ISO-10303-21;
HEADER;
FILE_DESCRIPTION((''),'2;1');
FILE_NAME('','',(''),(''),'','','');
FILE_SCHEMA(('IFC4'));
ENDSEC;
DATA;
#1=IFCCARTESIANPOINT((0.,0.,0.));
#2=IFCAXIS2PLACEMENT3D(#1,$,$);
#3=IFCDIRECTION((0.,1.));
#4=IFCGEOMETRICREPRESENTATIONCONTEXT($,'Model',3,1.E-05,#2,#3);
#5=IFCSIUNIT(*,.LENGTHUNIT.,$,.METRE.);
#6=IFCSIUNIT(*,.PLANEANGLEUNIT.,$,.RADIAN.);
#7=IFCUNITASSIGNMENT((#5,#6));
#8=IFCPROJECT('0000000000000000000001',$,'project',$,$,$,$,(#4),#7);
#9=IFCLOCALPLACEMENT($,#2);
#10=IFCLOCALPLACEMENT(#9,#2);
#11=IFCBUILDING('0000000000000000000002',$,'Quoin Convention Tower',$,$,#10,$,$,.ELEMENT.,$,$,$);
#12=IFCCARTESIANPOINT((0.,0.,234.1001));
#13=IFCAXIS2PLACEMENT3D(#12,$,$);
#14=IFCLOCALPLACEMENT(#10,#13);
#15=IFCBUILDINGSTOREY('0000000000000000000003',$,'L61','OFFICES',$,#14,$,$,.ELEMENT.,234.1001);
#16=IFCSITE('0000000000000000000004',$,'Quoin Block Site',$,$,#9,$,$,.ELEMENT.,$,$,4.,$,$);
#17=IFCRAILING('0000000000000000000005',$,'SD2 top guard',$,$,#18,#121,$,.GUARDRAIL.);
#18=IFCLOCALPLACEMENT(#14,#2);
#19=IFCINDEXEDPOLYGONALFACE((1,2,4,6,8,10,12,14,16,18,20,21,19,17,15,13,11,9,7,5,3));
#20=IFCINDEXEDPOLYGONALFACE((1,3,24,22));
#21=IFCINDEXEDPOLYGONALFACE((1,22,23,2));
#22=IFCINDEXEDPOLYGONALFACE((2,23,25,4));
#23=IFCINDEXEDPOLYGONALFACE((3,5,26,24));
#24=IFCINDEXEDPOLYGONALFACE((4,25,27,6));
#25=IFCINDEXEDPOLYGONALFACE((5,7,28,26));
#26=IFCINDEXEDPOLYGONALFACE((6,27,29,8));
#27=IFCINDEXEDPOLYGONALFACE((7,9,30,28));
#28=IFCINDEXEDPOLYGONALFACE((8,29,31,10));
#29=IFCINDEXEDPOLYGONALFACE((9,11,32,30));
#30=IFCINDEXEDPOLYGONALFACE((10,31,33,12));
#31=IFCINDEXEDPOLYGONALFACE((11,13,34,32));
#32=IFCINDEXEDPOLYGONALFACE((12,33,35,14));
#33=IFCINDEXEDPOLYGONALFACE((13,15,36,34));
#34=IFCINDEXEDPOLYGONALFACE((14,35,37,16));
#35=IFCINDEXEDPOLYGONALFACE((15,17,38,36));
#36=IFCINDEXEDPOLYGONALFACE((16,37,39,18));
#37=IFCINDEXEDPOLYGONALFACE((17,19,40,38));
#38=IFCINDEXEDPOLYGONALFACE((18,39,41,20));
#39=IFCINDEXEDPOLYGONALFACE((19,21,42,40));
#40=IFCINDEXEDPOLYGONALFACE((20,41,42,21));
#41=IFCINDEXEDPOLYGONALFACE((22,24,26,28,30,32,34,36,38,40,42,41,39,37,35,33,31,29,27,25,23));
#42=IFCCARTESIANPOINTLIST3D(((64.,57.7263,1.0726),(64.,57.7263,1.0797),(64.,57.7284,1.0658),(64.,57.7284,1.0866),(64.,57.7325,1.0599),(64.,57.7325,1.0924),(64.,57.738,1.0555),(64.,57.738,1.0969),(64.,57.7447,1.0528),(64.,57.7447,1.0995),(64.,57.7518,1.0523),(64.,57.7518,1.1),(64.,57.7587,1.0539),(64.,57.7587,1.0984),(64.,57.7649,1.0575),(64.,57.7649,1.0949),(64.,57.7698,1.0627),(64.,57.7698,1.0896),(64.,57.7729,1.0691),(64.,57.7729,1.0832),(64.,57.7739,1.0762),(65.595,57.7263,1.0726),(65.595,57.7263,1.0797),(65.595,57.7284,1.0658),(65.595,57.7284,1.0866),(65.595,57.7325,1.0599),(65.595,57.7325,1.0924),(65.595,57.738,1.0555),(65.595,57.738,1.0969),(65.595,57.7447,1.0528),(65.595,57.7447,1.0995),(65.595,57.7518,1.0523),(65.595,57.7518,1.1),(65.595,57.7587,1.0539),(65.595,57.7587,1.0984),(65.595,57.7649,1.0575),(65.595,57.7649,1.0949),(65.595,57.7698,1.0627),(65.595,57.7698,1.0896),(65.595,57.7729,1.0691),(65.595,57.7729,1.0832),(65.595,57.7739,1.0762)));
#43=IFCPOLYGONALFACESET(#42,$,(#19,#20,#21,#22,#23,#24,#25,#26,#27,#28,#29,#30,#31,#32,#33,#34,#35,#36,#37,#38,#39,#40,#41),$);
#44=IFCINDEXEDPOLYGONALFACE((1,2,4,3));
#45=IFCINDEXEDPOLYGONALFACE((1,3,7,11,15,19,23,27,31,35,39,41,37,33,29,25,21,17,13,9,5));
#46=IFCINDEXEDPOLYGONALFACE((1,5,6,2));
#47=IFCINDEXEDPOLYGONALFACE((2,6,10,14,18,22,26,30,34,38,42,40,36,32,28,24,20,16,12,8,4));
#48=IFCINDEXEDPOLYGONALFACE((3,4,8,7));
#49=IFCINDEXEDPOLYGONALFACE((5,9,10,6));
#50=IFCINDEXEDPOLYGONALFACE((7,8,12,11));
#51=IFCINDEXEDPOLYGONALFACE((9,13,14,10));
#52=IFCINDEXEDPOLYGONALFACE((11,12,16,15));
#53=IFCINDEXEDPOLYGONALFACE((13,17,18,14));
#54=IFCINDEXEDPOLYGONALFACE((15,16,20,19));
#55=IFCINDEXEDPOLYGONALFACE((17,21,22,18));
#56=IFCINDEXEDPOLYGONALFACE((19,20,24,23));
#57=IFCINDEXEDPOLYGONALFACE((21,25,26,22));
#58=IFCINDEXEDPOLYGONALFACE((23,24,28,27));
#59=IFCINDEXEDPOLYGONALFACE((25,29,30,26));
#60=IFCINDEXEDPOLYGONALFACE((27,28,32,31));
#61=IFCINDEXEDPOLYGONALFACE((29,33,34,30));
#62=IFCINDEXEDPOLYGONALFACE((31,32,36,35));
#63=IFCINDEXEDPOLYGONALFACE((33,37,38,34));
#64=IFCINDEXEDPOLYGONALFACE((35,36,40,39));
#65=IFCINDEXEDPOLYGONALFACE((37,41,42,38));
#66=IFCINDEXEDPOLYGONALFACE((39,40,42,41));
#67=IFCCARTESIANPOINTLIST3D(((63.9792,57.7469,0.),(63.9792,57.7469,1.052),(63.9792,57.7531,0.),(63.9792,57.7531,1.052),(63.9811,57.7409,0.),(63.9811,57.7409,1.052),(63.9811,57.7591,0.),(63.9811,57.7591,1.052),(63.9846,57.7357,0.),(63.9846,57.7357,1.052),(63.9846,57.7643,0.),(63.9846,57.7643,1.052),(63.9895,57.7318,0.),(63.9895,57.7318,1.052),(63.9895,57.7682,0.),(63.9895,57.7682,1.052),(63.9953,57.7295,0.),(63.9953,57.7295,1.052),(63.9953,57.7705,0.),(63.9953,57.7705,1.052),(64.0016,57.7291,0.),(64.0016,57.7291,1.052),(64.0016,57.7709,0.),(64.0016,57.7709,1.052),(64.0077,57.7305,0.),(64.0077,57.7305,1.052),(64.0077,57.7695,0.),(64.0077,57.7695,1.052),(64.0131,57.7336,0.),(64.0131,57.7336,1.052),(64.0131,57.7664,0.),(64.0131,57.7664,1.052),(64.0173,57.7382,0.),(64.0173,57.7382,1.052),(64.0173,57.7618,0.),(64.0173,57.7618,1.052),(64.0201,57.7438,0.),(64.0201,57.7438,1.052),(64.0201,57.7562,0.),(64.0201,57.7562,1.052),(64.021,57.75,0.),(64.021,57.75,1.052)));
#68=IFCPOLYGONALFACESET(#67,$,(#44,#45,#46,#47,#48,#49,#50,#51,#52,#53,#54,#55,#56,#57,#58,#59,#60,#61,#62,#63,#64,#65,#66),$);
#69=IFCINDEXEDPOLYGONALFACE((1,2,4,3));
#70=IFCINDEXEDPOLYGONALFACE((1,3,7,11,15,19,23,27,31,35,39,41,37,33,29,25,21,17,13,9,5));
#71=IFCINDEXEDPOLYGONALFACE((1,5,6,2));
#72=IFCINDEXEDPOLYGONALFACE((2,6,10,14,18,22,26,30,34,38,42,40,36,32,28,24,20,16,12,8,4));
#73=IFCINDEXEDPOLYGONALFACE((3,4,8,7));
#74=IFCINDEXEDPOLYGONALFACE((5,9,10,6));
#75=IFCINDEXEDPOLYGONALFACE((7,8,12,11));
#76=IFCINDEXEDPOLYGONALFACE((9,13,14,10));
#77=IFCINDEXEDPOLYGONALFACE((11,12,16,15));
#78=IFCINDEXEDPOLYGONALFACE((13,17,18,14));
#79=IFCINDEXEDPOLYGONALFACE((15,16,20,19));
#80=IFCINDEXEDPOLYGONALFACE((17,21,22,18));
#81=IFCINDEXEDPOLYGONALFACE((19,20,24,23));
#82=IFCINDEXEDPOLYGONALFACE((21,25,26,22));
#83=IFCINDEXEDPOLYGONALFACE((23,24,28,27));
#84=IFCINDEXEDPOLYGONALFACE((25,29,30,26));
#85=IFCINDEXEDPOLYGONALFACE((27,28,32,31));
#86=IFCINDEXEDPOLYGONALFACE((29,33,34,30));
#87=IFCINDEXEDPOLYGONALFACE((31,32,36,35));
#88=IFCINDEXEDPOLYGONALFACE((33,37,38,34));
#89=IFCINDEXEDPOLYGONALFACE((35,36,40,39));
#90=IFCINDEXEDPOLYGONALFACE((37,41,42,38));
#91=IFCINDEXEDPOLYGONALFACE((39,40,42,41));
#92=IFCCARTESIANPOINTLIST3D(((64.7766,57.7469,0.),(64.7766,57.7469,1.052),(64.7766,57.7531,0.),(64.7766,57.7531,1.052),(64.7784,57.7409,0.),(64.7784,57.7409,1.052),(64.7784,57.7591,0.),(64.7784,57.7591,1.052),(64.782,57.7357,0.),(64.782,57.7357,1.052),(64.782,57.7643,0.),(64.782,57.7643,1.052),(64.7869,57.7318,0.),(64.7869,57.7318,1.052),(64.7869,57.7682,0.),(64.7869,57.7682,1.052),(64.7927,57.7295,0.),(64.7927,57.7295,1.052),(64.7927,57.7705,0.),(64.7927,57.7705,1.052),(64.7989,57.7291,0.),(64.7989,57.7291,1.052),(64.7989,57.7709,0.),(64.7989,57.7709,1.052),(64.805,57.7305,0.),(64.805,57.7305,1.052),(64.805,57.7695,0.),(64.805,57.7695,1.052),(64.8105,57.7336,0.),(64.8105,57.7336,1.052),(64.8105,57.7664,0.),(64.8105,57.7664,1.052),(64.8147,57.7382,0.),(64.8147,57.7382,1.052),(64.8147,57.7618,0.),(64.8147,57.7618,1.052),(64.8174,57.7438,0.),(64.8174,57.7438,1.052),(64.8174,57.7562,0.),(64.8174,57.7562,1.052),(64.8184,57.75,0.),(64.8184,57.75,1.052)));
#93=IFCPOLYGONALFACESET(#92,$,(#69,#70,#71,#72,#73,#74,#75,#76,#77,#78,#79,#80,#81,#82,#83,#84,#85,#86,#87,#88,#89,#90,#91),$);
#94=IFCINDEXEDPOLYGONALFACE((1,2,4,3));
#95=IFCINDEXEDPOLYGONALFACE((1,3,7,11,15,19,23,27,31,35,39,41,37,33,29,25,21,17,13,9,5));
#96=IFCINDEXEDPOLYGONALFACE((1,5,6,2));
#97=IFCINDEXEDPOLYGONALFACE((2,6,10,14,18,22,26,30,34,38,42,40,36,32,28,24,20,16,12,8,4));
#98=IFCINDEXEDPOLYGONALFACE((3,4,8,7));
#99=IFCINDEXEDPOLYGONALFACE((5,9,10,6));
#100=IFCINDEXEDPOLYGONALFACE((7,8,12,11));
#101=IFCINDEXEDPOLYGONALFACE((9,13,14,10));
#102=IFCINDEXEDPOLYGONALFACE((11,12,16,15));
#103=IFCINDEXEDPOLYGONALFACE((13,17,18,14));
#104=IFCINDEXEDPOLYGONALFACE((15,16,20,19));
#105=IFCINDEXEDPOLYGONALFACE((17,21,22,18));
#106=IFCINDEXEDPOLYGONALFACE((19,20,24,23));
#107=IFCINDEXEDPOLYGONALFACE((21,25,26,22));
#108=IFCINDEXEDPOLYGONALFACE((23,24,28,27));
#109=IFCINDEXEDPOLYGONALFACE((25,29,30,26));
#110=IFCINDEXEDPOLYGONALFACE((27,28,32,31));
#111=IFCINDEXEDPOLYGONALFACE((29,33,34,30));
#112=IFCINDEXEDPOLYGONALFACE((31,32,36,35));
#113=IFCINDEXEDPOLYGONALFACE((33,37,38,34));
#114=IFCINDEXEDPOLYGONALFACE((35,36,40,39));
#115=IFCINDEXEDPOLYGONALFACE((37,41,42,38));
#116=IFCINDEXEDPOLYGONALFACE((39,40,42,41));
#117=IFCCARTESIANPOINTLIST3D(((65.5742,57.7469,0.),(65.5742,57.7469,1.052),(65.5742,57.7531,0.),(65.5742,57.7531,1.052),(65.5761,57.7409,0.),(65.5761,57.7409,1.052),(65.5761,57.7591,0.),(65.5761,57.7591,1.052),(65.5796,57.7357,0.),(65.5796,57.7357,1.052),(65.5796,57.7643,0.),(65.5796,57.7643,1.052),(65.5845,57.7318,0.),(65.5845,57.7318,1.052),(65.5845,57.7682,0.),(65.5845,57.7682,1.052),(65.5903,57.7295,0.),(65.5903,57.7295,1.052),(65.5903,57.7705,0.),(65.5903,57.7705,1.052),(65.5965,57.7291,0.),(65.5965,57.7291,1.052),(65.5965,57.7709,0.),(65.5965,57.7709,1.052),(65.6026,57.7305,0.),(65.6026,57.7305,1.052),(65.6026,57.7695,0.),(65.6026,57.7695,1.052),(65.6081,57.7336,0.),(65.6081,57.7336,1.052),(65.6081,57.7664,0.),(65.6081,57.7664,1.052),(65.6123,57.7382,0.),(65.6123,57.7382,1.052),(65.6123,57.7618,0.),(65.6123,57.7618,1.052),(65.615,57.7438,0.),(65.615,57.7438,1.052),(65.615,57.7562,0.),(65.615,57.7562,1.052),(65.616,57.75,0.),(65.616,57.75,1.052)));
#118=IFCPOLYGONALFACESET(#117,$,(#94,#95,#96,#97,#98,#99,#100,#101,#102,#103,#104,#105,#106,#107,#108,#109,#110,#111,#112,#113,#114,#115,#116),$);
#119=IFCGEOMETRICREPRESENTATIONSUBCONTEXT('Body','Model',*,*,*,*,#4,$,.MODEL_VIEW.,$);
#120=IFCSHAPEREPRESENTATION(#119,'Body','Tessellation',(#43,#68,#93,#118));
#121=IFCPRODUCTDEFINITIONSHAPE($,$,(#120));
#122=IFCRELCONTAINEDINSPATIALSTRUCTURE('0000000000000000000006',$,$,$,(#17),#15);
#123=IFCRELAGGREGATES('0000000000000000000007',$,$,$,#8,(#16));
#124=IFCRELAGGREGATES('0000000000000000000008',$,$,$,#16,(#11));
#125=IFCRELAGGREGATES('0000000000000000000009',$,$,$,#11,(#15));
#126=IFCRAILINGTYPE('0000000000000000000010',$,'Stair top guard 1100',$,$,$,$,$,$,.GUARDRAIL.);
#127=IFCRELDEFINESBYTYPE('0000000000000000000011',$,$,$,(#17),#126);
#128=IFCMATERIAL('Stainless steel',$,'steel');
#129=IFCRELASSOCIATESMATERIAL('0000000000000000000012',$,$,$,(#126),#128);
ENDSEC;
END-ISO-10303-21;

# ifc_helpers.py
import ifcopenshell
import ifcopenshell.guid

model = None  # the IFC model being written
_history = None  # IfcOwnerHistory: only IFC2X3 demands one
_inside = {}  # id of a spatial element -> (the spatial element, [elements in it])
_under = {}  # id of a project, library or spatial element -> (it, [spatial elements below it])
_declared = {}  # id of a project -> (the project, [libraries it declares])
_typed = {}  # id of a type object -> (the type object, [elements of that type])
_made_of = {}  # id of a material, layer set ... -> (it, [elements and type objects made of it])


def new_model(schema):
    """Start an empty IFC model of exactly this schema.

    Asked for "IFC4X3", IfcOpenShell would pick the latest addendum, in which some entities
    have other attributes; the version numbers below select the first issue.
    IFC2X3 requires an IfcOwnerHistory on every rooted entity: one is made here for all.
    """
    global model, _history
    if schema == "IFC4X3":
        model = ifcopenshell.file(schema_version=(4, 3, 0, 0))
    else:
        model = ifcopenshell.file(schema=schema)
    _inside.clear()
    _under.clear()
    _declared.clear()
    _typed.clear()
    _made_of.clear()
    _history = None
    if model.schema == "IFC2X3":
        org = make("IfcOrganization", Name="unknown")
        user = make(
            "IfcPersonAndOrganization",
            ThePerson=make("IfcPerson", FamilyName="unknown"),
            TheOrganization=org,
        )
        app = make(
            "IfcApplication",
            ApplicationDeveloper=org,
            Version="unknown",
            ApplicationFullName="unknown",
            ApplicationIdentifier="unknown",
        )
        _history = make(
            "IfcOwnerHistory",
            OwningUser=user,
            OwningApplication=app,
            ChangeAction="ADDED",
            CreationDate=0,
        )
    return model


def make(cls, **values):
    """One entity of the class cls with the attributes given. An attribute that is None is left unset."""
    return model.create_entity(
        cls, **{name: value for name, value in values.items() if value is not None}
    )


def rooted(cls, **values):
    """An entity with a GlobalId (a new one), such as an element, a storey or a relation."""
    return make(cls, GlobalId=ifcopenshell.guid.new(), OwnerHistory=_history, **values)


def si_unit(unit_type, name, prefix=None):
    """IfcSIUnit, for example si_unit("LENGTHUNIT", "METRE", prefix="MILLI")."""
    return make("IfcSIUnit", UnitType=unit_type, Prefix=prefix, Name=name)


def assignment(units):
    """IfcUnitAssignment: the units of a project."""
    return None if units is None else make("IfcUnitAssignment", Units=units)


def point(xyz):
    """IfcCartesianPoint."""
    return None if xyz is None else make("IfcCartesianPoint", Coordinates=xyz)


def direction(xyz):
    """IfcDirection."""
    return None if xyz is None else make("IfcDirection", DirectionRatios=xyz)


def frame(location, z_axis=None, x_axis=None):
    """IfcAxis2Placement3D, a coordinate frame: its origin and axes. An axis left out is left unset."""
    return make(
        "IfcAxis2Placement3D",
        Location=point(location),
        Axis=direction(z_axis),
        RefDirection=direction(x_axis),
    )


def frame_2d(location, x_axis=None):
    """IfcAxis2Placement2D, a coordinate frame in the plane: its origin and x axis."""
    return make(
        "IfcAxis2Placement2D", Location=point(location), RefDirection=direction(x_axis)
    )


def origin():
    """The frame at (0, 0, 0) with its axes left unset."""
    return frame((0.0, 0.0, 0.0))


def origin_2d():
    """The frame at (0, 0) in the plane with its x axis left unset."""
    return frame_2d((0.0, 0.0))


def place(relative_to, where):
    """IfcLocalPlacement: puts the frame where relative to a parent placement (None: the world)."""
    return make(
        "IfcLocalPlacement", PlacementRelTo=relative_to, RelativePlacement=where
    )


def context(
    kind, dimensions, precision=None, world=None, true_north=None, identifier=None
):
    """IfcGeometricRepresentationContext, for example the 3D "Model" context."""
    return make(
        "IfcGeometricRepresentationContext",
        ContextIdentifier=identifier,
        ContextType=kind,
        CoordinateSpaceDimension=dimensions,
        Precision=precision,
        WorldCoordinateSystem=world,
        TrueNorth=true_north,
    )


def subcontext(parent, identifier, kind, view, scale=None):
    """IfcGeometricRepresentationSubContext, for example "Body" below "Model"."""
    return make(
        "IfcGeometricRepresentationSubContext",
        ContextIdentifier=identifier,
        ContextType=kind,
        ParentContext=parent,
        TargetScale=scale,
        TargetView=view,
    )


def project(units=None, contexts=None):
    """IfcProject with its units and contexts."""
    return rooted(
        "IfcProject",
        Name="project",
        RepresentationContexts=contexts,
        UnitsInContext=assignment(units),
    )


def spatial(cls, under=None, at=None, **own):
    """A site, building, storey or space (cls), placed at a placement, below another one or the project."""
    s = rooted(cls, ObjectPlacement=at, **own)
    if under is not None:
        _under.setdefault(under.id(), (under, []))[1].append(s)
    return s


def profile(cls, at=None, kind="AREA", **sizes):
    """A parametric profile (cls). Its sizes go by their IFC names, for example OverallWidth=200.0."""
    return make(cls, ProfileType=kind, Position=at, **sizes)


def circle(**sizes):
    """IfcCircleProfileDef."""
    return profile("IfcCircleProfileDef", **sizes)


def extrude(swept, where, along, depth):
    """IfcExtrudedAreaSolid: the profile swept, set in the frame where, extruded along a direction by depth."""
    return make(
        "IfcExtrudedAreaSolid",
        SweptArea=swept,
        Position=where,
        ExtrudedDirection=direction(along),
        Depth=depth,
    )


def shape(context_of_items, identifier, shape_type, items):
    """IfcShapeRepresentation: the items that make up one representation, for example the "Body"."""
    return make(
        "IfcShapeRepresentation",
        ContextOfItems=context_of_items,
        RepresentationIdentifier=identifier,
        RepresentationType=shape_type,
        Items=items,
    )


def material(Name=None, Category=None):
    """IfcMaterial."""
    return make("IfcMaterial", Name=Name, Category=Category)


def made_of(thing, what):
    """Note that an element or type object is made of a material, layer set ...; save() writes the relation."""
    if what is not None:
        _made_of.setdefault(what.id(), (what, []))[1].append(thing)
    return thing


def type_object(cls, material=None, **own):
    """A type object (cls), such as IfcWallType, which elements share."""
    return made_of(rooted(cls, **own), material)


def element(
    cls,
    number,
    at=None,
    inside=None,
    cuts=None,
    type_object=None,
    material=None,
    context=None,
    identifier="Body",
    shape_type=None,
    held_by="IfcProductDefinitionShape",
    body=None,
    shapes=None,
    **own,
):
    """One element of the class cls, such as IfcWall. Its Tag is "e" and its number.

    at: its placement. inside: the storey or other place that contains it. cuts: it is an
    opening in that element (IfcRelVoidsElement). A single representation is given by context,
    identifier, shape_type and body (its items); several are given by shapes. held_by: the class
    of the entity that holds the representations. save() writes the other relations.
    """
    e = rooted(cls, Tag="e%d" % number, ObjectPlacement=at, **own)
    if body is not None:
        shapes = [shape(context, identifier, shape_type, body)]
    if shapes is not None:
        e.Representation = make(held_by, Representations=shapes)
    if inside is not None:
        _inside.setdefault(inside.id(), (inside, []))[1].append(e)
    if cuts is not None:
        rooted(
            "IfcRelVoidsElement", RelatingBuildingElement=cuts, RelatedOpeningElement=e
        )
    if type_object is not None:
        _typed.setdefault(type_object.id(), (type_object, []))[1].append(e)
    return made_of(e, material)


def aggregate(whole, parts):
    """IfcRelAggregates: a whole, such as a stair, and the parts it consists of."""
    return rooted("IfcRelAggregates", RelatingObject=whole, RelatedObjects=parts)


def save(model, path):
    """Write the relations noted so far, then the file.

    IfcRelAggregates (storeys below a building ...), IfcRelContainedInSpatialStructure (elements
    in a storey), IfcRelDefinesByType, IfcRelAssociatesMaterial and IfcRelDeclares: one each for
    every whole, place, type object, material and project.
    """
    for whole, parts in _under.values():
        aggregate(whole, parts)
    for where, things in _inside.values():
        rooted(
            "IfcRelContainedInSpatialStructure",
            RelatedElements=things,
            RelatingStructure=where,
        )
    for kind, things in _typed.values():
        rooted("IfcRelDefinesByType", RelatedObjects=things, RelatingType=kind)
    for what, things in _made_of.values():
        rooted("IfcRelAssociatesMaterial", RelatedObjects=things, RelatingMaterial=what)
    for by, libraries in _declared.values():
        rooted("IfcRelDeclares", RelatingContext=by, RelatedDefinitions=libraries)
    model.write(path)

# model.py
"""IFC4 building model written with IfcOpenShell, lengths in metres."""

from ifc_helpers import new_model, si_unit, direction, frame, origin, origin_2d, place, context, subcontext, project, spatial, circle, extrude, material, type_object, element, save


model = new_model("IFC4")

# Units and contexts
model_context = context("Model", 3, precision=1e-05, world=origin(), true_north=direction((0.0, 1.0)))
body_context = subcontext(model_context, "Body", "Model", "MODEL_VIEW")
ifc_project = project(units=[si_unit("LENGTHUNIT", "METRE"), si_unit("PLANEANGLEUNIT", "RADIAN")], contexts=[model_context])

# Site, building, storey
site_placement = place(None, origin())
site = spatial("IfcSite", under=ifc_project, at=site_placement, Name="Quoin Block Site", CompositionType="ELEMENT", RefElevation=4.0)
building_placement = place(site_placement, origin())
building = spatial("IfcBuilding", under=site, at=building_placement, Name="Quoin Convention Tower", CompositionType="ELEMENT")
storey_placement = place(building_placement, frame((0.0, 0.0, 234.1001)))
storey = spatial("IfcBuildingStorey", under=building, at=storey_placement, Name="L61", Description="OFFICES", CompositionType="ELEMENT", Elevation=234.1001)

# Railing
ifc_material_1 = material(Name="Stainless steel", Category="steel")
railing_type = type_object("IfcRailingType", Name="Stair top guard 1100", PredefinedType="GUARDRAIL", material=ifc_material_1)
railing_placement = place(storey_placement, frame((64.0, 57.75, 0.0)))
element("IfcRailing", 1, at=railing_placement, inside=storey, type_object=railing_type, Name="SD2 top guard", PredefinedType="GUARDRAIL", context=body_context, shape_type="SweptSolid", body=[
    extrude(circle(Radius=0.0239, at=origin_2d()), frame((0.0, 0.0, 1.0762), z_axis=(1.0, 0.0, 0.0), x_axis=(0.0, 1.0, 0.0)), (0.0, 0.0, 1.0), 1.595),
    extrude(circle(Radius=0.021, at=origin_2d()), origin(), (0.0, 0.0, 1.0), 1.052),
    extrude(circle(Radius=0.021, at=origin_2d()), frame((0.7974, 0.0, 0.0)), (0.0, 0.0, 1.0), 1.052),
    extrude(circle(Radius=0.021, at=origin_2d()), frame((1.595, 0.0, 0.0)), (0.0, 0.0, 1.0), 1.052),
])

save(model, "model.ifc")
